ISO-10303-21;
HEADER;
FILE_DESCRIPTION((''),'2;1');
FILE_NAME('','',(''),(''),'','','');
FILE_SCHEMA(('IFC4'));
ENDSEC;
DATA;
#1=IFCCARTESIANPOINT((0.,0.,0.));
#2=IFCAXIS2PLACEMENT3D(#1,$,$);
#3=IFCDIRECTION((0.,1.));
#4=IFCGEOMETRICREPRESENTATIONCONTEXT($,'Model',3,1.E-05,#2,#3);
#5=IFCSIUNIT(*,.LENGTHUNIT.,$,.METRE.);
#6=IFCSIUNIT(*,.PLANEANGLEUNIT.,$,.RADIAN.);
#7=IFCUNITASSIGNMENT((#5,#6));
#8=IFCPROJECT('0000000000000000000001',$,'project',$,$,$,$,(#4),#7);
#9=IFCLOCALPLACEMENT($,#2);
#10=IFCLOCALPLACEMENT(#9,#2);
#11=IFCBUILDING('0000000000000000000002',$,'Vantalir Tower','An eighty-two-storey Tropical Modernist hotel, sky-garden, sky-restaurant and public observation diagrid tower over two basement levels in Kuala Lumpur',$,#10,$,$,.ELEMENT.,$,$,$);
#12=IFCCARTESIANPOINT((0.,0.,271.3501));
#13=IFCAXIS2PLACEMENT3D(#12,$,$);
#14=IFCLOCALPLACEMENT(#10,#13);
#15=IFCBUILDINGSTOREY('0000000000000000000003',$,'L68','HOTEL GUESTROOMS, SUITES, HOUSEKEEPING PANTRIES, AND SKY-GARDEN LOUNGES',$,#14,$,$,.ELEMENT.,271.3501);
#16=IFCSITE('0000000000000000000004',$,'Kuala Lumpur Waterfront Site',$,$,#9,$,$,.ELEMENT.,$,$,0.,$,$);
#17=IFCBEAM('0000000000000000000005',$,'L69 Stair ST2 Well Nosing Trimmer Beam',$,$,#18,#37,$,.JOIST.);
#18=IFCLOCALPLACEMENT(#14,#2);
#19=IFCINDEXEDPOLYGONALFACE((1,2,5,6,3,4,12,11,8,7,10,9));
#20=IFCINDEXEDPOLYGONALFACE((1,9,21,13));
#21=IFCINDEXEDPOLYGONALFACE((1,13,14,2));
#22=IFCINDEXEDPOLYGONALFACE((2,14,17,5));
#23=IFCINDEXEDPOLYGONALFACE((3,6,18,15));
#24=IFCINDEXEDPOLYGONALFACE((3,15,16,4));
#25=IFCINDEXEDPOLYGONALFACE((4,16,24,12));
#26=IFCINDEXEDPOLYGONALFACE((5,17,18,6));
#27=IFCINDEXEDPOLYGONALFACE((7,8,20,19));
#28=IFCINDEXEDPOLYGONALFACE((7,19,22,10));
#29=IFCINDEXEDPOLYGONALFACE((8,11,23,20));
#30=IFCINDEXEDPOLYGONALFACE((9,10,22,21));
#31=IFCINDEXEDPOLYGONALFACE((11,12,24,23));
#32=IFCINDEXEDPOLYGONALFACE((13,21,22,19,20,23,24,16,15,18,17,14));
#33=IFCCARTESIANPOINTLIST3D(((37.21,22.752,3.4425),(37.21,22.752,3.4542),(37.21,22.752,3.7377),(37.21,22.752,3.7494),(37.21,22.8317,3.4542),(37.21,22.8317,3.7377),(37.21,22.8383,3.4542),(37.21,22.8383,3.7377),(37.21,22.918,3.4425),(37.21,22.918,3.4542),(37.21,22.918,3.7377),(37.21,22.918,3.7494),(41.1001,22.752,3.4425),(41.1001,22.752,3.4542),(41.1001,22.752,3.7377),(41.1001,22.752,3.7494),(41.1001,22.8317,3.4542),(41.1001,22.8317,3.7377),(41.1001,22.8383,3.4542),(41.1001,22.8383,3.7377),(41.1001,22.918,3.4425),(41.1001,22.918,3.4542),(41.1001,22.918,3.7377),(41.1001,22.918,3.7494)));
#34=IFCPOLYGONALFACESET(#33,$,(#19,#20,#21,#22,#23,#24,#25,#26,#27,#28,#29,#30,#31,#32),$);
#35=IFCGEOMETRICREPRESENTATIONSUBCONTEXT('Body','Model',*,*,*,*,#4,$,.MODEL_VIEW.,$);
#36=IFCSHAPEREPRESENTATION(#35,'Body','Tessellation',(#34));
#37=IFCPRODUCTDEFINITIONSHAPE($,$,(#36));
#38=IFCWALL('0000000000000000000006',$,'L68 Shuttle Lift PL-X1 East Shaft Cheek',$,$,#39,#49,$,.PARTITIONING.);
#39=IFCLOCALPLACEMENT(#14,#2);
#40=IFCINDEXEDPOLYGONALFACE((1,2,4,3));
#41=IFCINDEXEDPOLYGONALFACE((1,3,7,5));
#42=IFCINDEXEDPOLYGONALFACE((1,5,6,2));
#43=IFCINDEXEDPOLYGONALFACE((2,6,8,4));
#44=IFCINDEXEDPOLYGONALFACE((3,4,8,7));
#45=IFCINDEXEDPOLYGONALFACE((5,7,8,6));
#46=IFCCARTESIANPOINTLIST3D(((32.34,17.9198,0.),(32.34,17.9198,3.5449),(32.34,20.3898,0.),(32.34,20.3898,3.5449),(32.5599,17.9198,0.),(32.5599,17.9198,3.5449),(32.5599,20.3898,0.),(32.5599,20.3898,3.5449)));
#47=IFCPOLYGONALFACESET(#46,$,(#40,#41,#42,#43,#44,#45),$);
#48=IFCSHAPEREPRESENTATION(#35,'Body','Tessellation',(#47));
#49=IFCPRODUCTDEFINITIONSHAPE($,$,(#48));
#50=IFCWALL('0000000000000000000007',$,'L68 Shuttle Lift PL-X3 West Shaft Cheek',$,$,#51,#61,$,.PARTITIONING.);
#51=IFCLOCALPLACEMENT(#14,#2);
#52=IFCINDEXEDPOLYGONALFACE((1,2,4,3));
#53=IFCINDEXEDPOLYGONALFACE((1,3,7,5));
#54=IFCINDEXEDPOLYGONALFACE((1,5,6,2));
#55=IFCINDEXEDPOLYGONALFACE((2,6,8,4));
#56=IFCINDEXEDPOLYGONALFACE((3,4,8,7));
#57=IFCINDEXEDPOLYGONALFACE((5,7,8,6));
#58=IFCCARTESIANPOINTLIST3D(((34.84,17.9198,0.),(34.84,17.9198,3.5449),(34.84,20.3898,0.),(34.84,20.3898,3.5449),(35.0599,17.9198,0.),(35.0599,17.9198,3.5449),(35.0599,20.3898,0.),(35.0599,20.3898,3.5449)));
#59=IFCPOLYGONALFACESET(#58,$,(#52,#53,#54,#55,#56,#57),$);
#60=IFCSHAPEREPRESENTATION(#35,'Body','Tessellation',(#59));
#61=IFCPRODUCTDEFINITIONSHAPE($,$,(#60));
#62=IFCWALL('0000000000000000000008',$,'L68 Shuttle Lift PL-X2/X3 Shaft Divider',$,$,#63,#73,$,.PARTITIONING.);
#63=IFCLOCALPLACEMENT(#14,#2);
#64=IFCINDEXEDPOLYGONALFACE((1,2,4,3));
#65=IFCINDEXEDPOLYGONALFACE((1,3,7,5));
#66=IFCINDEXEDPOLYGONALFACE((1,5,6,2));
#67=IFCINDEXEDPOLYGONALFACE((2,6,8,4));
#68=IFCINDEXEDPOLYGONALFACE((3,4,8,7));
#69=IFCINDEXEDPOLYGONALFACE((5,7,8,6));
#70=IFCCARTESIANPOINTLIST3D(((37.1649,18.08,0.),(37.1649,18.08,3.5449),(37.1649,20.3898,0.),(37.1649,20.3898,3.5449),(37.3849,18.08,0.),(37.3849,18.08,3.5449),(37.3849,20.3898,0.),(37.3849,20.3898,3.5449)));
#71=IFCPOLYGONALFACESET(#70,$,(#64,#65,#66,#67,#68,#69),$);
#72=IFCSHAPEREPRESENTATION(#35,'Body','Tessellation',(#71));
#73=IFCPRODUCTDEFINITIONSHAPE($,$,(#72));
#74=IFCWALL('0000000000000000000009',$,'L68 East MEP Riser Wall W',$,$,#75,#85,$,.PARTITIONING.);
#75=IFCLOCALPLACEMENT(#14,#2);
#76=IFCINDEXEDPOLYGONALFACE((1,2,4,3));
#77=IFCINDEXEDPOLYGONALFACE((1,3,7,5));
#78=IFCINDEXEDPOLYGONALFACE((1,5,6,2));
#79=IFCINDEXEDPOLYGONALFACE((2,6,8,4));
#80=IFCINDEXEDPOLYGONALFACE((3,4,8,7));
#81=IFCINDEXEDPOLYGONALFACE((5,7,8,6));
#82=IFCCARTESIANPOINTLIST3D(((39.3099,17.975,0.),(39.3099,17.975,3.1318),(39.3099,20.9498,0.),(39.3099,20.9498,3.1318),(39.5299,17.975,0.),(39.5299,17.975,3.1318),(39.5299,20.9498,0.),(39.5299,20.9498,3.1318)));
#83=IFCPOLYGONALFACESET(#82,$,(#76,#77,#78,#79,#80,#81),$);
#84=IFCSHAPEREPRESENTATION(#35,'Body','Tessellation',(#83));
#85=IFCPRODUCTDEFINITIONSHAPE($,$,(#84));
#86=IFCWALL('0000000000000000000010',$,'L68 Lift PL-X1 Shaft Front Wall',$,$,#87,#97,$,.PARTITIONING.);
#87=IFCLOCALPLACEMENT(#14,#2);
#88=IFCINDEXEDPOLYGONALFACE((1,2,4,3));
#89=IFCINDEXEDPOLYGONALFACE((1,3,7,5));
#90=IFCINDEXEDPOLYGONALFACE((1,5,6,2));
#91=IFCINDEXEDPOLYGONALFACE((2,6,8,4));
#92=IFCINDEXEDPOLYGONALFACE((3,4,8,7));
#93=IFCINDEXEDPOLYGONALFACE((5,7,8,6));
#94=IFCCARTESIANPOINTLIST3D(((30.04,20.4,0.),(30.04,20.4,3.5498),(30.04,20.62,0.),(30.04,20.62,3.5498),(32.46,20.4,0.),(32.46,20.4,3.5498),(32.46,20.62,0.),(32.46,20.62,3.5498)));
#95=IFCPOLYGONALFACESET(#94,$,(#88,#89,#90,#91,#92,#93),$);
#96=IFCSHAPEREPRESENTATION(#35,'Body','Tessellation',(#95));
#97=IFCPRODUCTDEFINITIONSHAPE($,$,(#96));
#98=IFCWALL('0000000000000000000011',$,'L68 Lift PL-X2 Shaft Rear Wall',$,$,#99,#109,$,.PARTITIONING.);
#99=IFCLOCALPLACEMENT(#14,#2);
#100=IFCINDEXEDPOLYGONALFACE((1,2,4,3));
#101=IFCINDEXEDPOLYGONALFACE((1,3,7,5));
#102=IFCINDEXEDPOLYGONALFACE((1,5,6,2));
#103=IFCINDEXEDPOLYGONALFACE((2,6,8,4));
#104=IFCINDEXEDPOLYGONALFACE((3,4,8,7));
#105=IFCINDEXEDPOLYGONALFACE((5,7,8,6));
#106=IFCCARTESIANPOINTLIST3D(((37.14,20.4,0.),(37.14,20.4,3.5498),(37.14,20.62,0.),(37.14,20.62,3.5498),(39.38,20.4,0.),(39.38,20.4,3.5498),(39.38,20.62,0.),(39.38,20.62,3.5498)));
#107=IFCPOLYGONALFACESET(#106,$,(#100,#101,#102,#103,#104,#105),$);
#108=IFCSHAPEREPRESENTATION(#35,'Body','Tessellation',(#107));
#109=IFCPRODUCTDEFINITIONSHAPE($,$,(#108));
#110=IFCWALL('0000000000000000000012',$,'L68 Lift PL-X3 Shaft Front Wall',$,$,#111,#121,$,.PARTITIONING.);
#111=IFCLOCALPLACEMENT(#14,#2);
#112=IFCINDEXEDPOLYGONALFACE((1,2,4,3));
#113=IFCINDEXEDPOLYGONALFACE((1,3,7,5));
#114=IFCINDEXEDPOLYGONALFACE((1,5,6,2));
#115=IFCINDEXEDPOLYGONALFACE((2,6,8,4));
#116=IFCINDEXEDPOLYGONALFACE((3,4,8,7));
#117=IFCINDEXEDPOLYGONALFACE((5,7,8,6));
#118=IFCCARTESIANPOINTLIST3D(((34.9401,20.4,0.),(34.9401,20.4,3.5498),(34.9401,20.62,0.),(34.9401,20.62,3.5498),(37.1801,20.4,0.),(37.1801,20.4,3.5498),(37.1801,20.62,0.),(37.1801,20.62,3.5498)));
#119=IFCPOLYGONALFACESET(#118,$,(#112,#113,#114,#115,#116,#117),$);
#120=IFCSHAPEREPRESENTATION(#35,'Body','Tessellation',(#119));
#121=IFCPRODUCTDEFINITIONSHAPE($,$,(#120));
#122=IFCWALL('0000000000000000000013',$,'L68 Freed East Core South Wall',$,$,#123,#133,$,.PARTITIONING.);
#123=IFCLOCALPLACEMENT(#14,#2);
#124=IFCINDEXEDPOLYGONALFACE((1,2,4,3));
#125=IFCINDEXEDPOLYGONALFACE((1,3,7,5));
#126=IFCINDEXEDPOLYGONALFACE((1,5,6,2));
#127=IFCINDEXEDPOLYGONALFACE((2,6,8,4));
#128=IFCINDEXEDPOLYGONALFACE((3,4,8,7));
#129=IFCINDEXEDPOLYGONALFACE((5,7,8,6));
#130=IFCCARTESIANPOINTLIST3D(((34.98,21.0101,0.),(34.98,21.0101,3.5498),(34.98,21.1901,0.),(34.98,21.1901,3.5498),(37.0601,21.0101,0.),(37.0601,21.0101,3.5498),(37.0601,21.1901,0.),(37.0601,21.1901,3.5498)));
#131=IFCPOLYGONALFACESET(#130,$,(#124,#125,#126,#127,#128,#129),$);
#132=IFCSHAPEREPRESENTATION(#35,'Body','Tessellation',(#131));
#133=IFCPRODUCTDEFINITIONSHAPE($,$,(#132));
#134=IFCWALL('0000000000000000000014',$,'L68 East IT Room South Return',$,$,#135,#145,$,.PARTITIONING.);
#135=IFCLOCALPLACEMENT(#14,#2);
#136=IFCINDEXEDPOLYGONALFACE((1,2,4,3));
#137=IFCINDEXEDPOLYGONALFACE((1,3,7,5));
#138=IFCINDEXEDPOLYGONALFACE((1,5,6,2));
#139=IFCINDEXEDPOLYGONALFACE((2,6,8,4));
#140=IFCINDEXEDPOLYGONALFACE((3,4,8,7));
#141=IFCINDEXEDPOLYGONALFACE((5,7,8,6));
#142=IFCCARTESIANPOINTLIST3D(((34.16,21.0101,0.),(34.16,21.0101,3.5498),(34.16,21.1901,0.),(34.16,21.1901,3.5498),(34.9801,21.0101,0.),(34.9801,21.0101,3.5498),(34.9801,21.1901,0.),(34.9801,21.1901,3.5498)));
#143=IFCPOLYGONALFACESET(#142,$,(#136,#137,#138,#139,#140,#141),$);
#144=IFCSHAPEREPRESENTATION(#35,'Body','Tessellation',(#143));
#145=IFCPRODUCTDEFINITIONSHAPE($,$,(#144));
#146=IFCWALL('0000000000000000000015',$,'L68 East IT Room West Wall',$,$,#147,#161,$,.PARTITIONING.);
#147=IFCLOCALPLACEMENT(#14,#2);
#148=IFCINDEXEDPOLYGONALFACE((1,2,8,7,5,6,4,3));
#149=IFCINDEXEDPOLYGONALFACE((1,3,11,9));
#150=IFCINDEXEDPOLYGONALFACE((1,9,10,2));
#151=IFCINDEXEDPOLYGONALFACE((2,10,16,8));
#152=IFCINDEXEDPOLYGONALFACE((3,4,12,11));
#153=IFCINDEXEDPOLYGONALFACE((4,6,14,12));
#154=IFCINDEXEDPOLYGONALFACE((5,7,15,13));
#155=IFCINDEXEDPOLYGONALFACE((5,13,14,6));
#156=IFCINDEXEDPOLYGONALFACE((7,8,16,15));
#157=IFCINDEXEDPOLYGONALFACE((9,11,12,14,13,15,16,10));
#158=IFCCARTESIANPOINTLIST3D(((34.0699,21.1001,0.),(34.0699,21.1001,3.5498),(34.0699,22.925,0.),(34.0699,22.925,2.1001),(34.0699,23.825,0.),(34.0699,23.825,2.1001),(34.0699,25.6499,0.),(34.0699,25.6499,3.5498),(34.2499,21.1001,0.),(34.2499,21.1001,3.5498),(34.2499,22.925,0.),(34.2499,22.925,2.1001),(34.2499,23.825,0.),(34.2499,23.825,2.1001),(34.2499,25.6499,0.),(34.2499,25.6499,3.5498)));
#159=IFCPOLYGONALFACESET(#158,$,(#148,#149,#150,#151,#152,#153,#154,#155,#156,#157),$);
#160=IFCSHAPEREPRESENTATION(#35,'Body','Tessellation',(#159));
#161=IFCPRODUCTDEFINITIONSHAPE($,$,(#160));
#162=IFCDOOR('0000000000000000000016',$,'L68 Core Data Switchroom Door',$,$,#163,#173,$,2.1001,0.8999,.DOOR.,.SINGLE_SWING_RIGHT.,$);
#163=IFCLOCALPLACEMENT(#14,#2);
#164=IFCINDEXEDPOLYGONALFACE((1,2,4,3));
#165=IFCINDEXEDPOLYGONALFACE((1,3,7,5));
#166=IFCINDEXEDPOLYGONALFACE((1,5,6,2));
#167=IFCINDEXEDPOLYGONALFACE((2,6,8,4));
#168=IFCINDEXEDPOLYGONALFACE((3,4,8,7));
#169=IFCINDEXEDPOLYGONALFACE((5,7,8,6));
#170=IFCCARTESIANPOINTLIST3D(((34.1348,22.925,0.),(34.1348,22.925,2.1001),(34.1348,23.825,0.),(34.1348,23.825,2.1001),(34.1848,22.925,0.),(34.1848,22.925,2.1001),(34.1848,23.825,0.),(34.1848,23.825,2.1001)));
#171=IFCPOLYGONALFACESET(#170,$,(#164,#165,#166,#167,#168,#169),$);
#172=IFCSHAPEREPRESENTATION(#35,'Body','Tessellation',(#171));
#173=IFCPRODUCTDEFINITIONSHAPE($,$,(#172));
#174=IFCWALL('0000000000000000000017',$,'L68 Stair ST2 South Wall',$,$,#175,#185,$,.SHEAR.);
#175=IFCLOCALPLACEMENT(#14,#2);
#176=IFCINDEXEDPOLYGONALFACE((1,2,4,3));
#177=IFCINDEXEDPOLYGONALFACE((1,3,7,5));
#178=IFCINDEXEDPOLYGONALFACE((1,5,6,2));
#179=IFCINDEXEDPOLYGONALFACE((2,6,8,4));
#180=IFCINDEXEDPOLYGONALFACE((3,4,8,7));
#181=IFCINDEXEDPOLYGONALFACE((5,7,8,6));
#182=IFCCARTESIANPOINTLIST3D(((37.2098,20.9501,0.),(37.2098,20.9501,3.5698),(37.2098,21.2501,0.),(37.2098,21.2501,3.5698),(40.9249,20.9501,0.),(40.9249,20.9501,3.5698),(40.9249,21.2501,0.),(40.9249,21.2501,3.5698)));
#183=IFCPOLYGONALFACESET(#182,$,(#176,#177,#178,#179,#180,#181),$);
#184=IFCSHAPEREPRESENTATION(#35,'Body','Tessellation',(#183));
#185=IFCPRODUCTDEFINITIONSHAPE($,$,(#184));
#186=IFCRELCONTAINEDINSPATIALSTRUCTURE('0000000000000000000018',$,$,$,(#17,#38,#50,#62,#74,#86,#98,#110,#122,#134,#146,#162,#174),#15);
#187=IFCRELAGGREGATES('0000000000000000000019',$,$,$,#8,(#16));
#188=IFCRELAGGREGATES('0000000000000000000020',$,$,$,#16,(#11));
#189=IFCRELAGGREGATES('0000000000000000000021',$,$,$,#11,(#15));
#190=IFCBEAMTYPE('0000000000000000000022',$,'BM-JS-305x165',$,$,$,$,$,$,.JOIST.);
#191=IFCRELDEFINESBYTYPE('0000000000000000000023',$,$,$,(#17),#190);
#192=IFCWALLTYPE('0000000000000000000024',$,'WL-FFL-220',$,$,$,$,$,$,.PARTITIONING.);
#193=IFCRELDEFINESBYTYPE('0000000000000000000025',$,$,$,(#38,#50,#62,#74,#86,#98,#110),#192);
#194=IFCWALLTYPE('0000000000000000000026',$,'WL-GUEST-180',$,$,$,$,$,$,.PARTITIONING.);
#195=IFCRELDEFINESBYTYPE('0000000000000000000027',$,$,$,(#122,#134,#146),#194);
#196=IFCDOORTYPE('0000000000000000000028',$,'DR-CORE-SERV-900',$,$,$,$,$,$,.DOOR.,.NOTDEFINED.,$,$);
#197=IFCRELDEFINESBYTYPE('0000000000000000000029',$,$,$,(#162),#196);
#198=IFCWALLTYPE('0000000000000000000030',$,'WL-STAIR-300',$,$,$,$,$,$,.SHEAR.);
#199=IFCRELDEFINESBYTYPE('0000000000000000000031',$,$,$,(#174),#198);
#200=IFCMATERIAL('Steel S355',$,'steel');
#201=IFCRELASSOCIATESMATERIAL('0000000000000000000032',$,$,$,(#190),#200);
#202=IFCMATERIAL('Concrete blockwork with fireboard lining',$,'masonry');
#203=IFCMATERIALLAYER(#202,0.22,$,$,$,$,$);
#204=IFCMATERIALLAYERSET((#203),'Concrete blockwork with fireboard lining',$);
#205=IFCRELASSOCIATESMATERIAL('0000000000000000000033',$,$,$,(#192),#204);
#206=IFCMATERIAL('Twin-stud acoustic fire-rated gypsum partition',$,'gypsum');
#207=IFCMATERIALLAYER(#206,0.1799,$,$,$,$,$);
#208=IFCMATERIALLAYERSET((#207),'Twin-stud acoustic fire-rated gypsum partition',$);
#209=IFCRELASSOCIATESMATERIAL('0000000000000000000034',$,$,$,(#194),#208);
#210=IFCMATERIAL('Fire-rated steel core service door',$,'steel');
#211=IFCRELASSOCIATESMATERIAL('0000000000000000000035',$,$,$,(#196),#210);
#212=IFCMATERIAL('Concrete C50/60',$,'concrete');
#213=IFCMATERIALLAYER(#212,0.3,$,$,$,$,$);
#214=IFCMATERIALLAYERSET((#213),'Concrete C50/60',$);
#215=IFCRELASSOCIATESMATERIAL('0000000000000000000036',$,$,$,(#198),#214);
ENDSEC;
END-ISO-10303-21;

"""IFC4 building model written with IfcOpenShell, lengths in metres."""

from ifc_helpers import new_model, si_unit, direction, frame, frame_2d, origin, origin_2d, place, context, subcontext, project, spatial, rectangle, i_section, extrude, material, layer, layer_set, material_profile, profile_set, type_object, element, fill, save


model = new_model("IFC4")

# Units and contexts
model_context = context("Model", 3, precision=1e-05, world=origin(), true_north=direction((0.0, 1.0)))
body_context = subcontext(model_context, "Body", "Model", "MODEL_VIEW")
ifc_project = project(units=[si_unit("LENGTHUNIT", "METRE"), si_unit("PLANEANGLEUNIT", "RADIAN")], contexts=[model_context])

# Site, building, storey
site_placement = place(None, origin())
site = spatial("IfcSite", under=ifc_project, at=site_placement, Name="Kuala Lumpur Waterfront Site", CompositionType="ELEMENT", RefElevation=0.0)
building_placement = place(site_placement, origin())
building = spatial("IfcBuilding", under=site, at=building_placement, Name="Vantalir Tower", Description="An eighty-two-storey Tropical Modernist hotel, sky-garden, sky-restaurant and public observation diagrid tower over two basement levels in Kuala Lumpur", CompositionType="ELEMENT")
storey_placement = place(building_placement, frame((0.0, 0.0, 271.3501)))
storey = spatial("IfcBuildingStorey", under=building, at=storey_placement, Name="L68", Description="HOTEL GUESTROOMS, SUITES, HOUSEKEEPING PANTRIES, AND SKY-GARDEN LOUNGES", CompositionType="ELEMENT", Elevation=271.3501)

# Beam
ifc_material_1 = material(Name="Steel S355", Category="steel")
ifc_material_profile = material_profile(ifc_material_1, i_section(OverallWidth=0.166, OverallDepth=0.3069, WebThickness=0.0066, FlangeThickness=0.0117, at=origin_2d()), Name="Steel S355")
ifc_profile_set = profile_set([ifc_material_profile], Name="Steel S355")
beam_type = type_object("IfcBeamType", Name="BM-JS-305x165", PredefinedType="JOIST", material=ifc_profile_set)
beam_placement = place(storey_placement, frame((37.21, 22.835, 3.5959), z_axis=(1.0, 0.0, 0.0), x_axis=(0.0, 1.0, 0.0)))
element("IfcBeam", 1, at=beam_placement, inside=storey, type_object=beam_type, Name="L69 Stair ST2 Well Nosing Trimmer Beam", PredefinedType="JOIST", context=body_context, shape_type="SweptSolid", body=[
    extrude(i_section(OverallWidth=0.166, OverallDepth=0.3069, WebThickness=0.0066, FlangeThickness=0.0117, at=origin_2d()), origin(), (0.0, 0.0, 1.0), 3.8901),
])

# Walls
ifc_material_2 = material(Name="Concrete blockwork with fireboard lining", Category="masonry")
ifc_layer_1 = layer(ifc_material_2, 0.22)
ifc_layer_set_1 = layer_set([ifc_layer_1], Name="Concrete blockwork with fireboard lining")
wall_type_1 = type_object("IfcWallType", Name="WL-FFL-220", PredefinedType="PARTITIONING", material=ifc_layer_set_1)
for number, where, z_axis, x_axis, name in (
    (2, (32.45, 17.9199, 0.0), (0.0, 0.0, 1.0), (0.0, 1.0, 0.0), "L68 Shuttle Lift PL-X1 East Shaft Cheek"),
    (3, (34.95, 17.9199, 0.0), (0.0, 0.0, 1.0), (0.0, 1.0, 0.0), "L68 Shuttle Lift PL-X3 West Shaft Cheek"),
):
    element("IfcWall", number, at=place(storey_placement, frame(where, z_axis=z_axis, x_axis=x_axis)), inside=storey, type_object=wall_type_1, Name=name, PredefinedType="PARTITIONING", context=body_context, shape_type="SweptSolid", body=[
        extrude(rectangle(XDim=2.47, YDim=0.22, at=frame_2d((1.2349, 0.0))), origin(), (0.0, 0.0, 1.0), 3.5449),
    ])
wall_1_placement = place(storey_placement, frame((37.2749, 18.0801, 0.0), z_axis=(0.0, 0.0, 1.0), x_axis=(0.0, 1.0, 0.0)))
element("IfcWall", 4, at=wall_1_placement, inside=storey, type_object=wall_type_1, Name="L68 Shuttle Lift PL-X2/X3 Shaft Divider", PredefinedType="PARTITIONING", context=body_context, shape_type="SweptSolid", body=[
    extrude(rectangle(XDim=2.3098, YDim=0.22, at=frame_2d((1.1548, 0.0))), origin(), (0.0, 0.0, 1.0), 3.5449),
])
wall_2_placement = place(storey_placement, frame((39.4199, 17.9751, 0.0), z_axis=(0.0, 0.0, 1.0), x_axis=(0.0, 1.0, 0.0)))
element("IfcWall", 5, at=wall_2_placement, inside=storey, type_object=wall_type_1, Name="L68 East MEP Riser Wall W", PredefinedType="PARTITIONING", context=body_context, shape_type="SweptSolid", body=[
    extrude(rectangle(XDim=2.9749, YDim=0.22, at=frame_2d((1.4873, 0.0))), origin(), (0.0, 0.0, 1.0), 3.1318),
])
wall_3_placement = place(storey_placement, frame((30.04, 20.51, 0.0), z_axis=(0.0, 0.0, 1.0), x_axis=(1.0, 0.0, 0.0)))
element("IfcWall", 6, at=wall_3_placement, inside=storey, type_object=wall_type_1, Name="L68 Lift PL-X1 Shaft Front Wall", PredefinedType="PARTITIONING", context=body_context, shape_type="SweptSolid", body=[
    extrude(rectangle(XDim=2.4199, YDim=0.22, at=frame_2d((1.21, 0.0))), origin(), (0.0, 0.0, 1.0), 3.5498),
])
for number, where, z_axis, x_axis, name in (
    (7, (37.1399, 20.51, 0.0), (0.0, 0.0, 1.0), (1.0, 0.0, 0.0), "L68 Lift PL-X2 Shaft Rear Wall"),
    (8, (34.9399, 20.51, 0.0), (0.0, 0.0, 1.0), (1.0, 0.0, 0.0), "L68 Lift PL-X3 Shaft Front Wall"),
):
    element("IfcWall", number, at=place(storey_placement, frame(where, z_axis=z_axis, x_axis=x_axis)), inside=storey, type_object=wall_type_1, Name=name, PredefinedType="PARTITIONING", context=body_context, shape_type="SweptSolid", body=[
        extrude(rectangle(XDim=2.24, YDim=0.22, at=frame_2d((1.1201, 0.0))), origin(), (0.0, 0.0, 1.0), 3.5498),
    ])
ifc_material_3 = material(Name="Twin-stud acoustic fire-rated gypsum partition", Category="gypsum")
ifc_layer_2 = layer(ifc_material_3, 0.1799)
ifc_layer_set_2 = layer_set([ifc_layer_2], Name="Twin-stud acoustic fire-rated gypsum partition")
wall_type_2 = type_object("IfcWallType", Name="WL-GUEST-180", PredefinedType="PARTITIONING", material=ifc_layer_set_2)
wall_4_placement = place(storey_placement, frame((34.98, 21.1001, 0.0), z_axis=(0.0, 0.0, 1.0), x_axis=(1.0, 0.0, 0.0)))
element("IfcWall", 9, at=wall_4_placement, inside=storey, type_object=wall_type_2, Name="L68 Freed East Core South Wall", PredefinedType="PARTITIONING", context=body_context, shape_type="SweptSolid", body=[
    extrude(rectangle(XDim=2.0801, YDim=0.1799, at=frame_2d((1.04, 0.0))), origin(), (0.0, 0.0, 1.0), 3.5498),
])
wall_5_placement = place(storey_placement, frame((34.1599, 21.1001, 0.0), z_axis=(0.0, 0.0, 1.0), x_axis=(1.0, 0.0, 0.0)))
element("IfcWall", 10, at=wall_5_placement, inside=storey, type_object=wall_type_2, Name="L68 East IT Room South Return", PredefinedType="PARTITIONING", context=body_context, shape_type="SweptSolid", body=[
    extrude(rectangle(XDim=0.8201, YDim=0.1799, at=frame_2d((0.4102, 0.0))), origin(), (0.0, 0.0, 1.0), 3.5498),
])

# Wall, opening, door
wall_6_placement = place(storey_placement, frame((34.1599, 21.1001, 0.0), z_axis=(0.0, 0.0, 1.0), x_axis=(0.0, 1.0, 0.0)))
wall_6 = element("IfcWall", 11, at=wall_6_placement, inside=storey, type_object=wall_type_2, Name="L68 East IT Room West Wall", PredefinedType="PARTITIONING", context=body_context, shape_type="SweptSolid", body=[
    extrude(rectangle(XDim=4.5498, YDim=0.1799, at=frame_2d((2.2749, 0.0))), origin(), (0.0, 0.0, 1.0), 3.5498),
])
opening_placement = place(wall_6_placement, frame((1.825, 0.0, 0.0)))
opening = element("IfcOpeningElement", 12, at=opening_placement, cuts=wall_6, PredefinedType="OPENING", context=body_context, shape_type="SweptSolid", body=[
    extrude(rectangle(XDim=0.8999, YDim=2.1001, at=frame_2d((0.45, 1.05))), frame((0.0, 0.0999, 0.0), z_axis=(0.0, -1.0, 0.0), x_axis=(1.0, 0.0, 0.0)), (0.0, 0.0, 1.0), 0.2),
])
ifc_material_4 = material(Name="Fire-rated steel core service door", Category="steel")
door_type = type_object("IfcDoorType", Name="DR-CORE-SERV-900", OperationType="NOTDEFINED", PredefinedType="DOOR", material=ifc_material_4)
door_placement = place(opening_placement, frame((0.8999, 0.0, 0.0), z_axis=(0.0, 0.0, 1.0), x_axis=(-1.0, 0.0, 0.0)))
door = element("IfcDoor", 13, at=door_placement, inside=storey, type_object=door_type, Name="L68 Core Data Switchroom Door", OperationType="SINGLE_SWING_RIGHT", OverallHeight=2.1001, OverallWidth=0.8999, PredefinedType="DOOR", context=body_context, shape_type="SweptSolid", body=[
    extrude(rectangle(XDim=0.8999, YDim=2.1001, at=frame_2d((0.45, 1.05))), frame((0.0, 0.0249, 0.0), z_axis=(0.0, -1.0, 0.0), x_axis=(1.0, 0.0, 0.0)), (0.0, 0.0, 1.0), 0.05),
])
fill(opening, door)

# Wall
ifc_material_5 = material(Name="Concrete C50/60", Category="concrete")
ifc_layer_3 = layer(ifc_material_5, 0.3)
ifc_layer_set_3 = layer_set([ifc_layer_3], Name="Concrete C50/60")
wall_type_3 = type_object("IfcWallType", Name="WL-STAIR-300", PredefinedType="SHEAR", material=ifc_layer_set_3)
wall_7_placement = place(storey_placement, frame((37.21, 21.1001, 0.0), z_axis=(0.0, 0.0, 1.0), x_axis=(1.0, 0.0, 0.0)))
element("IfcWall", 14, at=wall_7_placement, inside=storey, type_object=wall_type_3, Name="L68 Stair ST2 South Wall", PredefinedType="SHEAR", context=body_context, shape_type="SweptSolid", body=[
    extrude(rectangle(XDim=3.7151, YDim=0.3, at=frame_2d((1.8574, 0.0))), origin(), (0.0, 0.0, 1.0), 3.5698),
])

save(model, "model.ifc")
